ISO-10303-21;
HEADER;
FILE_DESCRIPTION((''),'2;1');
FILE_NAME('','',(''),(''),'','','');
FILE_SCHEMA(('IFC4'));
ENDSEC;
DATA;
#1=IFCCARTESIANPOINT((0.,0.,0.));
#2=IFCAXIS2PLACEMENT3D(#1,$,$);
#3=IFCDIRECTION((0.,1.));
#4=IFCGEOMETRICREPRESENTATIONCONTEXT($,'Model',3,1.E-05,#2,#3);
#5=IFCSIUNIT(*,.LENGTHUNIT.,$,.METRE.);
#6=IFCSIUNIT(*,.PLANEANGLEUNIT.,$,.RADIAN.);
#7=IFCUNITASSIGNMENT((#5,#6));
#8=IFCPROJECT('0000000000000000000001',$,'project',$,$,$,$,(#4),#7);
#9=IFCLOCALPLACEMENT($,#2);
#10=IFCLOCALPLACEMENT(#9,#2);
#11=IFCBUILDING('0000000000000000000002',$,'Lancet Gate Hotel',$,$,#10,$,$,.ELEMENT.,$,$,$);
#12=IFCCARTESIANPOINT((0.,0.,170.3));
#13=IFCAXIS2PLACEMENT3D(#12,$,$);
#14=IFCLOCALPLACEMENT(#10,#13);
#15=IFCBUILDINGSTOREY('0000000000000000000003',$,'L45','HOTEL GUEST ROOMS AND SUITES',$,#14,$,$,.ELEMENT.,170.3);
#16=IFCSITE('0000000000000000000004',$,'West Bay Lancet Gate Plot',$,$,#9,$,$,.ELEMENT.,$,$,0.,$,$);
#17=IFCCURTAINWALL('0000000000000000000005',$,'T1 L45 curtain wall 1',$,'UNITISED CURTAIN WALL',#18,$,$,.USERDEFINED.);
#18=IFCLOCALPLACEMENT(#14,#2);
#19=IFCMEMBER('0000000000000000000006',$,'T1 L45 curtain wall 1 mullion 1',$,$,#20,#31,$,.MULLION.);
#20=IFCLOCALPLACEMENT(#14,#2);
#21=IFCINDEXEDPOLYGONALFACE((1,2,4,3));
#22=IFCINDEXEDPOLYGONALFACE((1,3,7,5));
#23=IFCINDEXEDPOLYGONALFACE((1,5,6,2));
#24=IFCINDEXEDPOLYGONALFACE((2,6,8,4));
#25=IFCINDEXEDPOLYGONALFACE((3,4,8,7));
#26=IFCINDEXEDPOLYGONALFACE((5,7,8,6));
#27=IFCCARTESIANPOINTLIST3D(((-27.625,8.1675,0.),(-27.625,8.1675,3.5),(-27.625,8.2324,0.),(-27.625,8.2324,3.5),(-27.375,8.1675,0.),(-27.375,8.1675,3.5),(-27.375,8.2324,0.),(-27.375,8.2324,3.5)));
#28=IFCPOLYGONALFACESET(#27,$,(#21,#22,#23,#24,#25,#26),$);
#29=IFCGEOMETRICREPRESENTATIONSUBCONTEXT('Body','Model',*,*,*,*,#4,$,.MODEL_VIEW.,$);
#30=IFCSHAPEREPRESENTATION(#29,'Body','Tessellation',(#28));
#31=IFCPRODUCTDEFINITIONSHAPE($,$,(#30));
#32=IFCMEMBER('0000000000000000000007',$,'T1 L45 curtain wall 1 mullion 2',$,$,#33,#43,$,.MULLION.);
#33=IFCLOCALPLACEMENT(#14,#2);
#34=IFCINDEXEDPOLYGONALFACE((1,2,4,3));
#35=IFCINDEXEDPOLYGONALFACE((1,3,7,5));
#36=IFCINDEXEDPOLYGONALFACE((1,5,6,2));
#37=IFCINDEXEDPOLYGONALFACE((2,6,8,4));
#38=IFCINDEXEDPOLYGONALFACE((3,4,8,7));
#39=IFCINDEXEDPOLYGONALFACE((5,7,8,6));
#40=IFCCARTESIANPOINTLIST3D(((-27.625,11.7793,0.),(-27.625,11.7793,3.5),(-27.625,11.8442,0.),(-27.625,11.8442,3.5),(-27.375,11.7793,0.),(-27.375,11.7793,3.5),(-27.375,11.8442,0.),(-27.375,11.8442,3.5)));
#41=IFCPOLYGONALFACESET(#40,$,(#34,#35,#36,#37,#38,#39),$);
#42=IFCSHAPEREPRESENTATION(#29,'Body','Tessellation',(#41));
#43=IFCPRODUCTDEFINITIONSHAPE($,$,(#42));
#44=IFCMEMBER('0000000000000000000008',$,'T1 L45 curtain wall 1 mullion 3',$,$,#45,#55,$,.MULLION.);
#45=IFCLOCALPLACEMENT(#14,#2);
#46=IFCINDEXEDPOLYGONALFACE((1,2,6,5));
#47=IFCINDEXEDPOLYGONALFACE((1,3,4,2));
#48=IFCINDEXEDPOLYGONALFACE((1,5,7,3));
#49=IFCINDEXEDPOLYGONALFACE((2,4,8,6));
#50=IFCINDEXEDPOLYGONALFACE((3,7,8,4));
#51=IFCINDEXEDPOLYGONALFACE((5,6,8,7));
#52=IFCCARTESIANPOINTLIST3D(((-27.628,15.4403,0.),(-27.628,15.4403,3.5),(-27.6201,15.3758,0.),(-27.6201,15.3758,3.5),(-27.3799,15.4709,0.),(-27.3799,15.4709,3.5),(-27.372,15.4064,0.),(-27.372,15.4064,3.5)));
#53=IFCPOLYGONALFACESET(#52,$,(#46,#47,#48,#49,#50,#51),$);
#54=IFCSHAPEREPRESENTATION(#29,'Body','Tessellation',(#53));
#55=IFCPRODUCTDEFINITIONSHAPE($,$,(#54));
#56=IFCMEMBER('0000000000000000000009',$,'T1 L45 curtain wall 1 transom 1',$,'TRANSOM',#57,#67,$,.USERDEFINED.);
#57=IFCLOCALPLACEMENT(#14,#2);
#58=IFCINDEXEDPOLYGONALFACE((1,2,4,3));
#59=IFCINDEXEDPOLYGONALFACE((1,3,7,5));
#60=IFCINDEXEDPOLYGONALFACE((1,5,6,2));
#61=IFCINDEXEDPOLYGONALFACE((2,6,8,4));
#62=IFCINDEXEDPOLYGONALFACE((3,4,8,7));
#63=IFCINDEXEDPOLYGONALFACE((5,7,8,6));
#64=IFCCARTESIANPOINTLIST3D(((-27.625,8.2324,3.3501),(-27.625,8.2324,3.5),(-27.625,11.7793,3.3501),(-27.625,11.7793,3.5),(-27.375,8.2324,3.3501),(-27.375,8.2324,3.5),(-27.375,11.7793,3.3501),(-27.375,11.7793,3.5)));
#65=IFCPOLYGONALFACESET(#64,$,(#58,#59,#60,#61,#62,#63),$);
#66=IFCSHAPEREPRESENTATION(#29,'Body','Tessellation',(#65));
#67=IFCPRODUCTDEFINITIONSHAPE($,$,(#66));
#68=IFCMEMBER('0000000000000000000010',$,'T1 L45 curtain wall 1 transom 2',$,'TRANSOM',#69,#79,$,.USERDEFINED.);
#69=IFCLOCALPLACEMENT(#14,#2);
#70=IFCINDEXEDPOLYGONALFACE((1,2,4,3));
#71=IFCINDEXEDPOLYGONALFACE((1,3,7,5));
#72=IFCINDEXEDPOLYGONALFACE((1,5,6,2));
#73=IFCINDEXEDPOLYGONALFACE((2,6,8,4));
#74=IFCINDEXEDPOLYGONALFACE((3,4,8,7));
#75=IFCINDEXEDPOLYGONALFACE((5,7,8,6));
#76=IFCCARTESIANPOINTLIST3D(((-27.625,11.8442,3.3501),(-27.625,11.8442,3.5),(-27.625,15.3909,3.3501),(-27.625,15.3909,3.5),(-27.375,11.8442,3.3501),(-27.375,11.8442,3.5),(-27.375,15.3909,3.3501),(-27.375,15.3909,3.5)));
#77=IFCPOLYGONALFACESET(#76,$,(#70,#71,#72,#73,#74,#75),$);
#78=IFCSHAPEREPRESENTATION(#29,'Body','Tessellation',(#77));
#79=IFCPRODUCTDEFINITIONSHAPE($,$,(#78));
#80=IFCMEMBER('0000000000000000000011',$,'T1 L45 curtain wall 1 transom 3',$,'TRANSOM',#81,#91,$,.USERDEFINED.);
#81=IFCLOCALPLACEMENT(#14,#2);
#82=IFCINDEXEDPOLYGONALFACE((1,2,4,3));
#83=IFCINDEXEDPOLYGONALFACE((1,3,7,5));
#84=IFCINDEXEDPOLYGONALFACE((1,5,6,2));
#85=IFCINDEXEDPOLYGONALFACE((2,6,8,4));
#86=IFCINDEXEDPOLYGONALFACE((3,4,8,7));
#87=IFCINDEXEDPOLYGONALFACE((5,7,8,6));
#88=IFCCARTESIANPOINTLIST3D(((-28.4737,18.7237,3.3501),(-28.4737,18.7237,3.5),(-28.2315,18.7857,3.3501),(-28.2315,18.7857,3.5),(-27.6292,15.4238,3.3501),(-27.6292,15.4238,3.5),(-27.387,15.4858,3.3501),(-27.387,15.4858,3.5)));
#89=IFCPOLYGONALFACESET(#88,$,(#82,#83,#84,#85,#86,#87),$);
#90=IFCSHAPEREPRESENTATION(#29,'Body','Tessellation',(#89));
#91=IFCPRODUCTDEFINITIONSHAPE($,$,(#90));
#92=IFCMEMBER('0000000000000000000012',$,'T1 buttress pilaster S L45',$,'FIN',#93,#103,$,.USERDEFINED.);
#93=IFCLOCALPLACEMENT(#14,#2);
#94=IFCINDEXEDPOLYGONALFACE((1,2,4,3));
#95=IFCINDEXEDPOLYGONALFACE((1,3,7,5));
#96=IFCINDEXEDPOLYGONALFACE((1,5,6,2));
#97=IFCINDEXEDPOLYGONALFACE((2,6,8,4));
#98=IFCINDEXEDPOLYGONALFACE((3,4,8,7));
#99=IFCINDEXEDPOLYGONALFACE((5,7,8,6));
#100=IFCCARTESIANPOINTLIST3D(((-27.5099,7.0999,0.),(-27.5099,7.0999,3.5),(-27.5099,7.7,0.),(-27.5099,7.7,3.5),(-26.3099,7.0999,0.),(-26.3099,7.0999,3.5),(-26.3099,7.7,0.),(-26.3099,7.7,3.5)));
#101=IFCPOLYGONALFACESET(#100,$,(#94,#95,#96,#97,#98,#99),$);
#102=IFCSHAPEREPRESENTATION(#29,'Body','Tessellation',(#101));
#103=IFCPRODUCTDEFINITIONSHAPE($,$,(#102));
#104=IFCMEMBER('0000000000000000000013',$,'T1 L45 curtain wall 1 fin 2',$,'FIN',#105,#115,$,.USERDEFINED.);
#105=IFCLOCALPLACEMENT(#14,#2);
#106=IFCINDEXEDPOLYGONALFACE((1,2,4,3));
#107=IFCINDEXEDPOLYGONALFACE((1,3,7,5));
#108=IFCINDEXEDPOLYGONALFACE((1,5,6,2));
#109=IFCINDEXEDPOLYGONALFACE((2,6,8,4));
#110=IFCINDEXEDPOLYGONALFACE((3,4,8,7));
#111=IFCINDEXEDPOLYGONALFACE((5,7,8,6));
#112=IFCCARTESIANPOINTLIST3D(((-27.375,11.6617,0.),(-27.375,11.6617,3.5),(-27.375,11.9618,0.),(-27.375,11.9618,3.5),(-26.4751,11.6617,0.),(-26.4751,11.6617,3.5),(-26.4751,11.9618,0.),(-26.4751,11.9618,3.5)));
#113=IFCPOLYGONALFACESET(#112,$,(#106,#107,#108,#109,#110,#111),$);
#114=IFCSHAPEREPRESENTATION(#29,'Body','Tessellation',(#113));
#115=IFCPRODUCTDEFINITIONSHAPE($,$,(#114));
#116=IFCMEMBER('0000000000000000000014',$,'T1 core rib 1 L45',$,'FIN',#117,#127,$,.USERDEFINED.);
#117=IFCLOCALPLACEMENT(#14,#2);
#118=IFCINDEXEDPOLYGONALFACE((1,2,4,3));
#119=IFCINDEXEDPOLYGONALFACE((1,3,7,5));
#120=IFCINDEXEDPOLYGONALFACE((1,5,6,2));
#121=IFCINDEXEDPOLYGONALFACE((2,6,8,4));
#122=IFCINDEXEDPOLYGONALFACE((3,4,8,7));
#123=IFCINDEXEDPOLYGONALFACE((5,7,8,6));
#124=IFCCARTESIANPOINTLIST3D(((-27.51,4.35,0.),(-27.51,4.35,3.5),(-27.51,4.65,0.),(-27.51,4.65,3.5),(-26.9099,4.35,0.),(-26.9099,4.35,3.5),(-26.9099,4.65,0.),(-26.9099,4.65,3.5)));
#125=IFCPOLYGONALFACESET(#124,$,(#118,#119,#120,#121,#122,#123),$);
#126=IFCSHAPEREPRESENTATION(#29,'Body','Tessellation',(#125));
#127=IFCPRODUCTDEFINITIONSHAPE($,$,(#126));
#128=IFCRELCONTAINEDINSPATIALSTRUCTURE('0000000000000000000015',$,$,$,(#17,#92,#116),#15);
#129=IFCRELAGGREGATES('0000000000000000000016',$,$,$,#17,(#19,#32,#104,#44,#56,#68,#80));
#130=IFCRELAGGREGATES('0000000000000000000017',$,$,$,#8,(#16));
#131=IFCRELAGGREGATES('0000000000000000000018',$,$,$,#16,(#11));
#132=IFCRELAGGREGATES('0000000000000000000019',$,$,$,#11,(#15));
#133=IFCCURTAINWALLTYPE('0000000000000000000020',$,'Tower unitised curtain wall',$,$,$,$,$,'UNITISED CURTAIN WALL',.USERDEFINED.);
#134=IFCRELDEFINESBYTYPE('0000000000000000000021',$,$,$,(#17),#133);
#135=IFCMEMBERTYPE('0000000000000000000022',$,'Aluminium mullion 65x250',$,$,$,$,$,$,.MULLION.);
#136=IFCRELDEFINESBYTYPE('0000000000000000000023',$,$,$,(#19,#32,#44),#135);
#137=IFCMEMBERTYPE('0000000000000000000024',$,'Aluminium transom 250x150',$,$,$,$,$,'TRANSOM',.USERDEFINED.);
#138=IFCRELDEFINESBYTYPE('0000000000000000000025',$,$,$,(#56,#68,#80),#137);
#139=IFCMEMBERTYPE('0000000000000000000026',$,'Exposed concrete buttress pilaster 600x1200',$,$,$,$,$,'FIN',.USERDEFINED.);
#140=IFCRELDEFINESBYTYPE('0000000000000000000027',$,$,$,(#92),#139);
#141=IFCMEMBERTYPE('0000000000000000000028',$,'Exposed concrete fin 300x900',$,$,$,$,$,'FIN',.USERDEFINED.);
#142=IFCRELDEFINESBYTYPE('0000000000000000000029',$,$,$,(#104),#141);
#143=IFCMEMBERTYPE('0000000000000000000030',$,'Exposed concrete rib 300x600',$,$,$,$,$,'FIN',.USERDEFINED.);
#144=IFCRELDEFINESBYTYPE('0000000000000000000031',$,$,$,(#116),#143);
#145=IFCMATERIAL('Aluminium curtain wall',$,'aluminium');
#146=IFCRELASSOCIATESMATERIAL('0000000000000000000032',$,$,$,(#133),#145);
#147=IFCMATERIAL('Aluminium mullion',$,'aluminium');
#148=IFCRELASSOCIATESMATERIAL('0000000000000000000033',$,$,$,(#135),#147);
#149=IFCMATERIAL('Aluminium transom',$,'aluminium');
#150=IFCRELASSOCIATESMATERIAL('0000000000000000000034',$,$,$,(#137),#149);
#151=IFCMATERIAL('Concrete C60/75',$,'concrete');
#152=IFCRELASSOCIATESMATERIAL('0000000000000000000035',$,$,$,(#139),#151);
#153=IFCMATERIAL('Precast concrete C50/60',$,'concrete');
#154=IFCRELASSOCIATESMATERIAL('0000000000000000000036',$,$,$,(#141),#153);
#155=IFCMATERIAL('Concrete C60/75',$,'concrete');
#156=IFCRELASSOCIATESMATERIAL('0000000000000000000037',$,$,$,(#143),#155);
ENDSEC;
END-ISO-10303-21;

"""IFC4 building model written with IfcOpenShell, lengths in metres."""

from ifc_helpers import new_model, si_unit, direction, frame, origin, origin_2d, place, context, subcontext, project, spatial, rectangle, extrude, material, material_profile, profile_set, type_object, element, aggregate, save


model = new_model("IFC4")

# Units and contexts
model_context = context("Model", 3, precision=1e-05, world=origin(), true_north=direction((0.0, 1.0)))
body_context = subcontext(model_context, "Body", "Model", "MODEL_VIEW")
ifc_project = project(units=[si_unit("LENGTHUNIT", "METRE"), si_unit("PLANEANGLEUNIT", "RADIAN")], contexts=[model_context])

# Site, building, storey
site_placement = place(None, origin())
site = spatial("IfcSite", under=ifc_project, at=site_placement, Name="West Bay Lancet Gate Plot", CompositionType="ELEMENT", RefElevation=0.0)
building_placement = place(site_placement, origin())
building = spatial("IfcBuilding", under=site, at=building_placement, Name="Lancet Gate Hotel", CompositionType="ELEMENT")
storey_placement = place(building_placement, frame((0.0, 0.0, 170.3)))
storey = spatial("IfcBuildingStorey", under=building, at=storey_placement, Name="L45", Description="HOTEL GUEST ROOMS AND SUITES", CompositionType="ELEMENT", Elevation=170.3)

# Curtain wall, members
ifc_material_1 = material(Name="Aluminium curtain wall", Category="aluminium")
curtain_wall_type = type_object("IfcCurtainWallType", Name="Tower unitised curtain wall", ElementType="UNITISED CURTAIN WALL", PredefinedType="USERDEFINED", material=ifc_material_1)
curtain_wall_placement = place(storey_placement, origin())
curtain_wall = element("IfcCurtainWall", 1, at=curtain_wall_placement, inside=storey, type_object=curtain_wall_type, Name="T1 L45 curtain wall 1", ObjectType="UNITISED CURTAIN WALL", PredefinedType="USERDEFINED")
ifc_material_2 = material(Name="Aluminium mullion", Category="aluminium")
ifc_material_profile_1 = material_profile(ifc_material_2, rectangle(XDim=0.0649, YDim=0.25, at=origin_2d()), Name="MULLION 65x250")
ifc_profile_set_1 = profile_set([ifc_material_profile_1], Name="Aluminium mullion")
member_type_1 = type_object("IfcMemberType", Name="Aluminium mullion 65x250", PredefinedType="MULLION", material=ifc_profile_set_1)
member_1_placement = place(storey_placement, frame((-27.5, 8.2, 0.0), z_axis=(0.0, 0.0, 1.0), x_axis=(0.0, 1.0, 0.0)))
member_1 = element("IfcMember", 2, at=member_1_placement, type_object=member_type_1, Name="T1 L45 curtain wall 1 mullion 1", PredefinedType="MULLION", context=body_context, shape_type="SweptSolid", body=[
    extrude(rectangle(XDim=0.0649, YDim=0.25, at=origin_2d()), origin(), (0.0, 0.0, 1.0), 3.5),
])
member_2_placement = place(storey_placement, frame((-27.5, 11.8118, 0.0), z_axis=(0.0, 0.0, 1.0), x_axis=(0.0, 1.0, 0.0)))
member_2 = element("IfcMember", 3, at=member_2_placement, type_object=member_type_1, Name="T1 L45 curtain wall 1 mullion 2", PredefinedType="MULLION", context=body_context, shape_type="SweptSolid", body=[
    extrude(rectangle(XDim=0.0649, YDim=0.25, at=origin_2d()), origin(), (0.0, 0.0, 1.0), 3.5),
])
member_3_placement = place(storey_placement, frame((-27.5, 15.4233, 0.0), z_axis=(0.0, 0.0, 1.0), x_axis=(-0.122467, 0.992473, 0.0)))
member_3 = element("IfcMember", 4, at=member_3_placement, type_object=member_type_1, Name="T1 L45 curtain wall 1 mullion 3", PredefinedType="MULLION", context=body_context, shape_type="SweptSolid", body=[
    extrude(rectangle(XDim=0.0649, YDim=0.25, at=origin_2d()), origin(), (0.0, 0.0, 1.0), 3.5),
])
ifc_material_3 = material(Name="Aluminium transom", Category="aluminium")
ifc_material_profile_2 = material_profile(ifc_material_3, rectangle(XDim=0.25, YDim=0.1499, at=origin_2d()), Name="TRANSOM 250x150")
ifc_profile_set_2 = profile_set([ifc_material_profile_2], Name="Aluminium transom")
member_type_2 = type_object("IfcMemberType", Name="Aluminium transom 250x150", ElementType="TRANSOM", PredefinedType="USERDEFINED", material=ifc_profile_set_2)
member_4_placement = place(storey_placement, frame((-27.5, 8.2324, 3.425), z_axis=(0.0, 1.0, 0.0), x_axis=(-1.0, 0.0, 0.0)))
member_4 = element("IfcMember", 5, at=member_4_placement, type_object=member_type_2, Name="T1 L45 curtain wall 1 transom 1", ObjectType="TRANSOM", PredefinedType="USERDEFINED", context=body_context, shape_type="SweptSolid", body=[
    extrude(rectangle(XDim=0.25, YDim=0.1499, at=origin_2d()), origin(), (0.0, 0.0, 1.0), 3.5469),
])
member_5_placement = place(storey_placement, frame((-27.5, 11.8442, 3.425), z_axis=(0.0, 1.0, 0.0), x_axis=(-1.0, 0.0, 0.0)))
member_5 = element("IfcMember", 6, at=member_5_placement, type_object=member_type_2, Name="T1 L45 curtain wall 1 transom 2", ObjectType="TRANSOM", PredefinedType="USERDEFINED", context=body_context, shape_type="SweptSolid", body=[
    extrude(rectangle(XDim=0.25, YDim=0.1499, at=origin_2d()), origin(), (0.0, 0.0, 1.0), 3.5466),
])
member_6_placement = place(storey_placement, frame((-27.5081, 15.4548, 3.425), z_axis=(-0.247929, 0.968778, 0.0), x_axis=(-0.968778, -0.247929, 0.0)))
member_6 = element("IfcMember", 7, at=member_6_placement, type_object=member_type_2, Name="T1 L45 curtain wall 1 transom 3", ObjectType="TRANSOM", PredefinedType="USERDEFINED", context=body_context, shape_type="SweptSolid", body=[
    extrude(rectangle(XDim=0.25, YDim=0.1499, at=origin_2d()), origin(), (0.0, 0.0, 1.0), 3.4062),
])

# Members
ifc_material_4 = material(Name="Concrete C60/75", Category="concrete")
ifc_material_profile_3 = material_profile(ifc_material_4, rectangle(XDim=0.6001, YDim=1.2, at=origin_2d()), Name="FIN 600x1200")
ifc_profile_set_3 = profile_set([ifc_material_profile_3], Name="Concrete C60/75")
member_type_3 = type_object("IfcMemberType", Name="Exposed concrete buttress pilaster 600x1200", ElementType="FIN", PredefinedType="USERDEFINED", material=ifc_profile_set_3)
member_7_placement = place(storey_placement, frame((-26.9099, 7.3999, 0.0), z_axis=(0.0, 0.0, 1.0), x_axis=(0.0, 1.0, 0.0)))
element("IfcMember", 8, at=member_7_placement, inside=storey, type_object=member_type_3, Name="T1 buttress pilaster S L45", ObjectType="FIN", PredefinedType="USERDEFINED", context=body_context, shape_type="SweptSolid", body=[
    extrude(rectangle(XDim=0.6001, YDim=1.2, at=origin_2d()), origin(), (0.0, 0.0, 1.0), 3.5),
])
ifc_material_5 = material(Name="Precast concrete C50/60", Category="concrete")
ifc_material_profile_4 = material_profile(ifc_material_5, rectangle(XDim=0.3, YDim=0.8999, at=origin_2d()), Name="FIN 300x900")
ifc_profile_set_4 = profile_set([ifc_material_profile_4], Name="Precast concrete C50/60")
member_type_4 = type_object("IfcMemberType", Name="Exposed concrete fin 300x900", ElementType="FIN", PredefinedType="USERDEFINED", material=ifc_profile_set_4)
member_8_placement = place(storey_placement, frame((-26.925, 11.8118, 0.0), z_axis=(0.0, 0.0, 1.0), x_axis=(0.0, 1.0, 0.0)))
member_8 = element("IfcMember", 9, at=member_8_placement, type_object=member_type_4, Name="T1 L45 curtain wall 1 fin 2", ObjectType="FIN", PredefinedType="USERDEFINED", context=body_context, shape_type="SweptSolid", body=[
    extrude(rectangle(XDim=0.3, YDim=0.8999, at=origin_2d()), origin(), (0.0, 0.0, 1.0), 3.5),
])
ifc_material_6 = material(Name="Concrete C60/75", Category="concrete")
ifc_material_profile_5 = material_profile(ifc_material_6, rectangle(XDim=0.3, YDim=0.6001, at=origin_2d()), Name="FIN 300x600")
ifc_profile_set_5 = profile_set([ifc_material_profile_5], Name="Concrete C60/75")
member_type_5 = type_object("IfcMemberType", Name="Exposed concrete rib 300x600", ElementType="FIN", PredefinedType="USERDEFINED", material=ifc_profile_set_5)
member_9_placement = place(storey_placement, frame((-27.21, 4.5, 0.0), z_axis=(0.0, 0.0, 1.0), x_axis=(0.0, 1.0, 0.0)))
element("IfcMember", 10, at=member_9_placement, inside=storey, type_object=member_type_5, Name="T1 core rib 1 L45", ObjectType="FIN", PredefinedType="USERDEFINED", context=body_context, shape_type="SweptSolid", body=[
    extrude(rectangle(XDim=0.3, YDim=0.6001, at=origin_2d()), origin(), (0.0, 0.0, 1.0), 3.5),
])

aggregate(curtain_wall, [member_1, member_2, member_8, member_3, member_4, member_5, member_6])

save(model, "model.ifc")
